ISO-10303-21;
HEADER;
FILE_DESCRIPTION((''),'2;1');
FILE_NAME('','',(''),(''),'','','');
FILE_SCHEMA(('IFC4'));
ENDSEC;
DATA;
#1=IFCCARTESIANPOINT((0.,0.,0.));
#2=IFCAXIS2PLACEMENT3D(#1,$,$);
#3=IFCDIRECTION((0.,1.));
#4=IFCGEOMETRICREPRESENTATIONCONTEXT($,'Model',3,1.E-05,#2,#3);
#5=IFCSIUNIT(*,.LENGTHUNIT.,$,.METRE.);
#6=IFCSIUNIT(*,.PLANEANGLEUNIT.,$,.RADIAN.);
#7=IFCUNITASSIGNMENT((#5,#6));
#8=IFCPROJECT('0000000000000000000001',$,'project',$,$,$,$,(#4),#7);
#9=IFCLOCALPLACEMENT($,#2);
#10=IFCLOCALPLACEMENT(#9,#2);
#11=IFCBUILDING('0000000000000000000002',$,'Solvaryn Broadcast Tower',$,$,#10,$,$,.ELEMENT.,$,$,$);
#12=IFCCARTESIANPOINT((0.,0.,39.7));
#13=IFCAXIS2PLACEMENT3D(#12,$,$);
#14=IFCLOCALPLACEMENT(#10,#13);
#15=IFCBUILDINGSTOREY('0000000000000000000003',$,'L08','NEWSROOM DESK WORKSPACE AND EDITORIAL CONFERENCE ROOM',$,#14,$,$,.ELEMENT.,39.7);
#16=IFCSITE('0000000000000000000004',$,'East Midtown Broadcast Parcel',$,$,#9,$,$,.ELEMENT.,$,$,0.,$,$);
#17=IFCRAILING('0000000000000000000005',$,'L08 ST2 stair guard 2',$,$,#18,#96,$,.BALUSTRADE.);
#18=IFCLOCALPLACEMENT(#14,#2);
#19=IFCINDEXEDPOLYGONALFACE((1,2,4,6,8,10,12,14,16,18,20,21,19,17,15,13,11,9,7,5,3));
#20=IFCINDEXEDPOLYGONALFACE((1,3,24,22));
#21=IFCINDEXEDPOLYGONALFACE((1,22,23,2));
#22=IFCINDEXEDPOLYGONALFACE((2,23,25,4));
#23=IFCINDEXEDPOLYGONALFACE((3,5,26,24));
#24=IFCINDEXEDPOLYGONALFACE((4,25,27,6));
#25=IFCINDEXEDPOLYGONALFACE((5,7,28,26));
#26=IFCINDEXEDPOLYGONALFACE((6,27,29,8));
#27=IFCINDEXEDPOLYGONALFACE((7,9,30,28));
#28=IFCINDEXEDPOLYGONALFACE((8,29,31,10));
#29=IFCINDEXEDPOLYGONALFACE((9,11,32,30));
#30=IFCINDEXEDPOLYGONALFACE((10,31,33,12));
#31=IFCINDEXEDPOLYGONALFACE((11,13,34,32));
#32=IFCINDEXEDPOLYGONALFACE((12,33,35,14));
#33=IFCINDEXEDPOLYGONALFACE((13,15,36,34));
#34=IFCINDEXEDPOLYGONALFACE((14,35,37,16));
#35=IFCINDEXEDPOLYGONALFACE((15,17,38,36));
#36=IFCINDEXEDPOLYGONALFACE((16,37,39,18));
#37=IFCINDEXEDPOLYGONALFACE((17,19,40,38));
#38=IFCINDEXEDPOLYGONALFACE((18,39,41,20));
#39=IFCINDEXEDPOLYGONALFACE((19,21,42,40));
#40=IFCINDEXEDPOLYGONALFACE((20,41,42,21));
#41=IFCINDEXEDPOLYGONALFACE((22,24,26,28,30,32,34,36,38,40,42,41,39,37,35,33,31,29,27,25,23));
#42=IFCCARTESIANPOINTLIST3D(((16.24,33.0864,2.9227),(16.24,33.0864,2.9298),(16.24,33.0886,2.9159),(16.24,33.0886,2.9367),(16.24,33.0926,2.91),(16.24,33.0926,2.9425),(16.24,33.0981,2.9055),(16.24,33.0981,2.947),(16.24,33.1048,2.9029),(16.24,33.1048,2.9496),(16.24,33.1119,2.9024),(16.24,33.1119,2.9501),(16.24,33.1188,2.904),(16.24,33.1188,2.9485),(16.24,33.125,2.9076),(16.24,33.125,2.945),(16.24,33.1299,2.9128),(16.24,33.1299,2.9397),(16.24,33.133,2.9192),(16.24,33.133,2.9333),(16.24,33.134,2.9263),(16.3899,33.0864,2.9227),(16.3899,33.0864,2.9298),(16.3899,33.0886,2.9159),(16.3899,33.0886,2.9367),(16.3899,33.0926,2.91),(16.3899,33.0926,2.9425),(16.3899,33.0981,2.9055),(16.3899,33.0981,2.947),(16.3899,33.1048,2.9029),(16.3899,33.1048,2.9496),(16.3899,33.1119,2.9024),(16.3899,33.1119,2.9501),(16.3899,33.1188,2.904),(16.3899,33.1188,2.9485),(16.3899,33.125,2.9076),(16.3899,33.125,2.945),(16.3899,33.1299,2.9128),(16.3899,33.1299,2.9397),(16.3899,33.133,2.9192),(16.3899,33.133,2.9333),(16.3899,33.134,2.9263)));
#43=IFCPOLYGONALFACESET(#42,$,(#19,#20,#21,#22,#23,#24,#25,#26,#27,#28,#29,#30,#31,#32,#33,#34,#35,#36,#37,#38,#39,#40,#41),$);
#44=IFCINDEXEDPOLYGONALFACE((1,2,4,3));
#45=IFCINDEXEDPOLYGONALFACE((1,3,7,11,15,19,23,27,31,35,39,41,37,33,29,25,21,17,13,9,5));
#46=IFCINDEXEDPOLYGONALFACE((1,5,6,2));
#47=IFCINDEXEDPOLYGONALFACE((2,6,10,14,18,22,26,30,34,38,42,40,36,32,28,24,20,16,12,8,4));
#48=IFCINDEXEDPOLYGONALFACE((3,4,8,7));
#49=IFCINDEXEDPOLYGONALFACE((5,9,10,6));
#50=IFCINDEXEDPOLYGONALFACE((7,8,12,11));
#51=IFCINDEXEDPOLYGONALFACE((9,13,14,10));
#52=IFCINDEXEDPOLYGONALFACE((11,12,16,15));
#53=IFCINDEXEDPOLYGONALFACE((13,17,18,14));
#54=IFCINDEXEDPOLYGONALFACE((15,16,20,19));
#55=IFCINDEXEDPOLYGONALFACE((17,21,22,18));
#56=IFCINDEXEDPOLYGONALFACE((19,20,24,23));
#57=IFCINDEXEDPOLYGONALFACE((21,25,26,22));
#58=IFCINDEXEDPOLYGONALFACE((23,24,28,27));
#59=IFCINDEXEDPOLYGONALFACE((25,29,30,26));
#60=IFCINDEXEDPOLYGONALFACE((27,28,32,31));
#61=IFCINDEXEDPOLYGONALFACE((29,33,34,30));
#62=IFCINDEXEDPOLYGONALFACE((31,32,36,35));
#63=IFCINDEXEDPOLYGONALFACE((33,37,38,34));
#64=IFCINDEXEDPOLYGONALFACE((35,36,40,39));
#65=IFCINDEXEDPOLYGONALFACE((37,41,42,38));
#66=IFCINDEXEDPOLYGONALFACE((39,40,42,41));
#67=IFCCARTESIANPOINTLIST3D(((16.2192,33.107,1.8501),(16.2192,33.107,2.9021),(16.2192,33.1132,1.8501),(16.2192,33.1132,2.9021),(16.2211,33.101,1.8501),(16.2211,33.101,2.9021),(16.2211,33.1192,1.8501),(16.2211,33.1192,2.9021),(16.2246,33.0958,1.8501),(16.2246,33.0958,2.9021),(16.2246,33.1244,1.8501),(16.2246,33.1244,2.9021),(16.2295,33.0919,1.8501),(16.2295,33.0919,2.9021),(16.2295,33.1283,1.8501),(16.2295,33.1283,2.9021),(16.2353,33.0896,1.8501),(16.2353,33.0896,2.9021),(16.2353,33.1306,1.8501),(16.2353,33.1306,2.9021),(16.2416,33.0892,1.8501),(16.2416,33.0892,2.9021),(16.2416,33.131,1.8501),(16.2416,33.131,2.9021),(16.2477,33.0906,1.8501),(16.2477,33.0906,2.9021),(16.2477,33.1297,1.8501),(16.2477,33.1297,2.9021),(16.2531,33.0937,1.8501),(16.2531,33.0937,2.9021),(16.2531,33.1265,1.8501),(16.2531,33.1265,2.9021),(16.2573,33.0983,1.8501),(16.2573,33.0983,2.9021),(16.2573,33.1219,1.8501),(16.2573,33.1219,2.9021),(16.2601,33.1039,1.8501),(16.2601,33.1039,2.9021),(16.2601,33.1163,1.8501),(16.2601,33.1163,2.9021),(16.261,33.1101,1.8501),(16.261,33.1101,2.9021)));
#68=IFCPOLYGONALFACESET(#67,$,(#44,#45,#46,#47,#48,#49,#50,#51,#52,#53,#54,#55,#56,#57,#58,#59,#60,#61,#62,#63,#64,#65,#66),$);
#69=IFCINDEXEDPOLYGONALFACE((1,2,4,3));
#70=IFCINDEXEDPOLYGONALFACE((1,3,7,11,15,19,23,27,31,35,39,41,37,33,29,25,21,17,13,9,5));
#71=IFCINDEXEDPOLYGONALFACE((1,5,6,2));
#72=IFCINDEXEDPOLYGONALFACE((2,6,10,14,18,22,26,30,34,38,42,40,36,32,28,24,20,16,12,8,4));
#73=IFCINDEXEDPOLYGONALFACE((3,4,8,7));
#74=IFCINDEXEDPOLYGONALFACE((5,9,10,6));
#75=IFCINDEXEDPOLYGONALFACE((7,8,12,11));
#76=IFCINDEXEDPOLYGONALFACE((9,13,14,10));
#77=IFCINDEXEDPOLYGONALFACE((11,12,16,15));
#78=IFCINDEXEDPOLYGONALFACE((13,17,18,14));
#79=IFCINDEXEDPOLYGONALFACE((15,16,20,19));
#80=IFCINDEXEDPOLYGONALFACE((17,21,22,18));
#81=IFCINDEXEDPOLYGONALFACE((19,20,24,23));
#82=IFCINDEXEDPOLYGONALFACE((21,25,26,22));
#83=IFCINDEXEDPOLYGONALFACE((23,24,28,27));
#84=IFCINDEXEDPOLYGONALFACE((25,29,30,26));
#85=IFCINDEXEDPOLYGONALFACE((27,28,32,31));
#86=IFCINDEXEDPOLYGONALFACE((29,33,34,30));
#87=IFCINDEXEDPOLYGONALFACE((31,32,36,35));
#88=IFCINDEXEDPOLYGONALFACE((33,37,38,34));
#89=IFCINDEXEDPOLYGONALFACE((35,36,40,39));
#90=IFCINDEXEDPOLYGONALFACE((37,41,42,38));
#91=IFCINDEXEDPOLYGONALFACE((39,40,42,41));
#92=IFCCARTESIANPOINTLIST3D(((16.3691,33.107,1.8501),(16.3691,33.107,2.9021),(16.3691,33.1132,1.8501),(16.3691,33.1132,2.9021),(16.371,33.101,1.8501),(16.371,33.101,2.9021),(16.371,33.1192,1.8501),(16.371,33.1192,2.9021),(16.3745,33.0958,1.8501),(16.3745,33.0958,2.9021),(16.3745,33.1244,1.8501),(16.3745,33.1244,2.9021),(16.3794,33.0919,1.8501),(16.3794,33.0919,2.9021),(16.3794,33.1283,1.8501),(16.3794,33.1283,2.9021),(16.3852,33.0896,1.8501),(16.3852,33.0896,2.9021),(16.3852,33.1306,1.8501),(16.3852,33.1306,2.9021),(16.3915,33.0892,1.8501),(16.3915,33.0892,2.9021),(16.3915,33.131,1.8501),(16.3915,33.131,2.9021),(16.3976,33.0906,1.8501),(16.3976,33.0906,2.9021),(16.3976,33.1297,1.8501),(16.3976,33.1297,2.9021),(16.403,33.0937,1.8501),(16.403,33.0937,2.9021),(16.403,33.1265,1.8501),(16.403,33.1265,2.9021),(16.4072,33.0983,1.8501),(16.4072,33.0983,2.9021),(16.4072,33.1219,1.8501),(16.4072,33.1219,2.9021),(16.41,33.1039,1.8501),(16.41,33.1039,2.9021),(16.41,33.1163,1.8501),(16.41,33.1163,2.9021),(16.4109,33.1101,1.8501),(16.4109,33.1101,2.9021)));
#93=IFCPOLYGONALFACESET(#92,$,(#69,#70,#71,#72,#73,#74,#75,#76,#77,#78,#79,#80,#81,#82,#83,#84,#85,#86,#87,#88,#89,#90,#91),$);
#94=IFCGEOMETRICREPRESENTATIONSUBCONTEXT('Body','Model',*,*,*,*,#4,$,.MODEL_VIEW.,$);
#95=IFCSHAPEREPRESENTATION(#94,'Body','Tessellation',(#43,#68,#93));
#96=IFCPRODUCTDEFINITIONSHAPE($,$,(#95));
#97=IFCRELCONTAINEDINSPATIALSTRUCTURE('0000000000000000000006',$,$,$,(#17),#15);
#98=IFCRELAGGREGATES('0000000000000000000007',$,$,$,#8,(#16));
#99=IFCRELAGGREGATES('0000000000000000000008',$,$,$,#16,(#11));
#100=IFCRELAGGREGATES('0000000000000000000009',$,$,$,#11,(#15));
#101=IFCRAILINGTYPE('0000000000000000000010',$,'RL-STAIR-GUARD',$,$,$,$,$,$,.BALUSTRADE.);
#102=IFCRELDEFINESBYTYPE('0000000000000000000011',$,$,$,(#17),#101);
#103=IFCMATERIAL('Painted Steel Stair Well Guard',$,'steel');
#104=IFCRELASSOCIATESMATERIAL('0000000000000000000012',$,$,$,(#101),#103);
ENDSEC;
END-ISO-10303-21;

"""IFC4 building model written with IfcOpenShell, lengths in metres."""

from ifc_helpers import new_model, si_unit, direction, frame, origin, origin_2d, place, context, subcontext, project, spatial, circle, extrude, material, type_object, element, save


model = new_model("IFC4")

# Units and contexts
model_context = context("Model", 3, precision=1e-05, world=origin(), true_north=direction((0.0, 1.0)))
body_context = subcontext(model_context, "Body", "Model", "MODEL_VIEW")
ifc_project = project(units=[si_unit("LENGTHUNIT", "METRE"), si_unit("PLANEANGLEUNIT", "RADIAN")], contexts=[model_context])

# Site, building, storey
site_placement = place(None, origin())
site = spatial("IfcSite", under=ifc_project, at=site_placement, Name="East Midtown Broadcast Parcel", CompositionType="ELEMENT", RefElevation=0.0)
building_placement = place(site_placement, origin())
building = spatial("IfcBuilding", under=site, at=building_placement, Name="Solvaryn Broadcast Tower", CompositionType="ELEMENT")
storey_placement = place(building_placement, frame((0.0, 0.0, 39.7)))
storey = spatial("IfcBuildingStorey", under=building, at=storey_placement, Name="L08", Description="NEWSROOM DESK WORKSPACE AND EDITORIAL CONFERENCE ROOM", CompositionType="ELEMENT", Elevation=39.7)

# Railing
ifc_material_1 = material(Name="Painted Steel Stair Well Guard", Category="steel")
railing_type_1 = type_object("IfcRailingType", Name="RL-STAIR-GUARD", PredefinedType="BALUSTRADE", material=ifc_material_1)
railing_1_placement = place(storey_placement, frame((16.24, 33.1101, 1.8501)))
element("IfcRailing", 1, at=railing_1_placement, inside=storey, type_object=railing_type_1, Name="L08 ST2 stair guard 2", PredefinedType="BALUSTRADE", context=body_context, shape_type="SweptSolid", body=[
    extrude(circle(Radius=0.0239, at=origin_2d()), frame((0.0, 0.0, 1.0762), z_axis=(1.0, 0.0, 0.0), x_axis=(0.0, 1.0, 0.0)), (0.0, 0.0, 1.0), 0.1499),
    extrude(circle(Radius=0.021, at=origin_2d()), origin(), (0.0, 0.0, 1.0), 1.052),
    extrude(circle(Radius=0.021, at=origin_2d()), frame((0.1499, 0.0, 0.0)), (0.0, 0.0, 1.0), 1.052),
])

save(model, "model.ifc")
